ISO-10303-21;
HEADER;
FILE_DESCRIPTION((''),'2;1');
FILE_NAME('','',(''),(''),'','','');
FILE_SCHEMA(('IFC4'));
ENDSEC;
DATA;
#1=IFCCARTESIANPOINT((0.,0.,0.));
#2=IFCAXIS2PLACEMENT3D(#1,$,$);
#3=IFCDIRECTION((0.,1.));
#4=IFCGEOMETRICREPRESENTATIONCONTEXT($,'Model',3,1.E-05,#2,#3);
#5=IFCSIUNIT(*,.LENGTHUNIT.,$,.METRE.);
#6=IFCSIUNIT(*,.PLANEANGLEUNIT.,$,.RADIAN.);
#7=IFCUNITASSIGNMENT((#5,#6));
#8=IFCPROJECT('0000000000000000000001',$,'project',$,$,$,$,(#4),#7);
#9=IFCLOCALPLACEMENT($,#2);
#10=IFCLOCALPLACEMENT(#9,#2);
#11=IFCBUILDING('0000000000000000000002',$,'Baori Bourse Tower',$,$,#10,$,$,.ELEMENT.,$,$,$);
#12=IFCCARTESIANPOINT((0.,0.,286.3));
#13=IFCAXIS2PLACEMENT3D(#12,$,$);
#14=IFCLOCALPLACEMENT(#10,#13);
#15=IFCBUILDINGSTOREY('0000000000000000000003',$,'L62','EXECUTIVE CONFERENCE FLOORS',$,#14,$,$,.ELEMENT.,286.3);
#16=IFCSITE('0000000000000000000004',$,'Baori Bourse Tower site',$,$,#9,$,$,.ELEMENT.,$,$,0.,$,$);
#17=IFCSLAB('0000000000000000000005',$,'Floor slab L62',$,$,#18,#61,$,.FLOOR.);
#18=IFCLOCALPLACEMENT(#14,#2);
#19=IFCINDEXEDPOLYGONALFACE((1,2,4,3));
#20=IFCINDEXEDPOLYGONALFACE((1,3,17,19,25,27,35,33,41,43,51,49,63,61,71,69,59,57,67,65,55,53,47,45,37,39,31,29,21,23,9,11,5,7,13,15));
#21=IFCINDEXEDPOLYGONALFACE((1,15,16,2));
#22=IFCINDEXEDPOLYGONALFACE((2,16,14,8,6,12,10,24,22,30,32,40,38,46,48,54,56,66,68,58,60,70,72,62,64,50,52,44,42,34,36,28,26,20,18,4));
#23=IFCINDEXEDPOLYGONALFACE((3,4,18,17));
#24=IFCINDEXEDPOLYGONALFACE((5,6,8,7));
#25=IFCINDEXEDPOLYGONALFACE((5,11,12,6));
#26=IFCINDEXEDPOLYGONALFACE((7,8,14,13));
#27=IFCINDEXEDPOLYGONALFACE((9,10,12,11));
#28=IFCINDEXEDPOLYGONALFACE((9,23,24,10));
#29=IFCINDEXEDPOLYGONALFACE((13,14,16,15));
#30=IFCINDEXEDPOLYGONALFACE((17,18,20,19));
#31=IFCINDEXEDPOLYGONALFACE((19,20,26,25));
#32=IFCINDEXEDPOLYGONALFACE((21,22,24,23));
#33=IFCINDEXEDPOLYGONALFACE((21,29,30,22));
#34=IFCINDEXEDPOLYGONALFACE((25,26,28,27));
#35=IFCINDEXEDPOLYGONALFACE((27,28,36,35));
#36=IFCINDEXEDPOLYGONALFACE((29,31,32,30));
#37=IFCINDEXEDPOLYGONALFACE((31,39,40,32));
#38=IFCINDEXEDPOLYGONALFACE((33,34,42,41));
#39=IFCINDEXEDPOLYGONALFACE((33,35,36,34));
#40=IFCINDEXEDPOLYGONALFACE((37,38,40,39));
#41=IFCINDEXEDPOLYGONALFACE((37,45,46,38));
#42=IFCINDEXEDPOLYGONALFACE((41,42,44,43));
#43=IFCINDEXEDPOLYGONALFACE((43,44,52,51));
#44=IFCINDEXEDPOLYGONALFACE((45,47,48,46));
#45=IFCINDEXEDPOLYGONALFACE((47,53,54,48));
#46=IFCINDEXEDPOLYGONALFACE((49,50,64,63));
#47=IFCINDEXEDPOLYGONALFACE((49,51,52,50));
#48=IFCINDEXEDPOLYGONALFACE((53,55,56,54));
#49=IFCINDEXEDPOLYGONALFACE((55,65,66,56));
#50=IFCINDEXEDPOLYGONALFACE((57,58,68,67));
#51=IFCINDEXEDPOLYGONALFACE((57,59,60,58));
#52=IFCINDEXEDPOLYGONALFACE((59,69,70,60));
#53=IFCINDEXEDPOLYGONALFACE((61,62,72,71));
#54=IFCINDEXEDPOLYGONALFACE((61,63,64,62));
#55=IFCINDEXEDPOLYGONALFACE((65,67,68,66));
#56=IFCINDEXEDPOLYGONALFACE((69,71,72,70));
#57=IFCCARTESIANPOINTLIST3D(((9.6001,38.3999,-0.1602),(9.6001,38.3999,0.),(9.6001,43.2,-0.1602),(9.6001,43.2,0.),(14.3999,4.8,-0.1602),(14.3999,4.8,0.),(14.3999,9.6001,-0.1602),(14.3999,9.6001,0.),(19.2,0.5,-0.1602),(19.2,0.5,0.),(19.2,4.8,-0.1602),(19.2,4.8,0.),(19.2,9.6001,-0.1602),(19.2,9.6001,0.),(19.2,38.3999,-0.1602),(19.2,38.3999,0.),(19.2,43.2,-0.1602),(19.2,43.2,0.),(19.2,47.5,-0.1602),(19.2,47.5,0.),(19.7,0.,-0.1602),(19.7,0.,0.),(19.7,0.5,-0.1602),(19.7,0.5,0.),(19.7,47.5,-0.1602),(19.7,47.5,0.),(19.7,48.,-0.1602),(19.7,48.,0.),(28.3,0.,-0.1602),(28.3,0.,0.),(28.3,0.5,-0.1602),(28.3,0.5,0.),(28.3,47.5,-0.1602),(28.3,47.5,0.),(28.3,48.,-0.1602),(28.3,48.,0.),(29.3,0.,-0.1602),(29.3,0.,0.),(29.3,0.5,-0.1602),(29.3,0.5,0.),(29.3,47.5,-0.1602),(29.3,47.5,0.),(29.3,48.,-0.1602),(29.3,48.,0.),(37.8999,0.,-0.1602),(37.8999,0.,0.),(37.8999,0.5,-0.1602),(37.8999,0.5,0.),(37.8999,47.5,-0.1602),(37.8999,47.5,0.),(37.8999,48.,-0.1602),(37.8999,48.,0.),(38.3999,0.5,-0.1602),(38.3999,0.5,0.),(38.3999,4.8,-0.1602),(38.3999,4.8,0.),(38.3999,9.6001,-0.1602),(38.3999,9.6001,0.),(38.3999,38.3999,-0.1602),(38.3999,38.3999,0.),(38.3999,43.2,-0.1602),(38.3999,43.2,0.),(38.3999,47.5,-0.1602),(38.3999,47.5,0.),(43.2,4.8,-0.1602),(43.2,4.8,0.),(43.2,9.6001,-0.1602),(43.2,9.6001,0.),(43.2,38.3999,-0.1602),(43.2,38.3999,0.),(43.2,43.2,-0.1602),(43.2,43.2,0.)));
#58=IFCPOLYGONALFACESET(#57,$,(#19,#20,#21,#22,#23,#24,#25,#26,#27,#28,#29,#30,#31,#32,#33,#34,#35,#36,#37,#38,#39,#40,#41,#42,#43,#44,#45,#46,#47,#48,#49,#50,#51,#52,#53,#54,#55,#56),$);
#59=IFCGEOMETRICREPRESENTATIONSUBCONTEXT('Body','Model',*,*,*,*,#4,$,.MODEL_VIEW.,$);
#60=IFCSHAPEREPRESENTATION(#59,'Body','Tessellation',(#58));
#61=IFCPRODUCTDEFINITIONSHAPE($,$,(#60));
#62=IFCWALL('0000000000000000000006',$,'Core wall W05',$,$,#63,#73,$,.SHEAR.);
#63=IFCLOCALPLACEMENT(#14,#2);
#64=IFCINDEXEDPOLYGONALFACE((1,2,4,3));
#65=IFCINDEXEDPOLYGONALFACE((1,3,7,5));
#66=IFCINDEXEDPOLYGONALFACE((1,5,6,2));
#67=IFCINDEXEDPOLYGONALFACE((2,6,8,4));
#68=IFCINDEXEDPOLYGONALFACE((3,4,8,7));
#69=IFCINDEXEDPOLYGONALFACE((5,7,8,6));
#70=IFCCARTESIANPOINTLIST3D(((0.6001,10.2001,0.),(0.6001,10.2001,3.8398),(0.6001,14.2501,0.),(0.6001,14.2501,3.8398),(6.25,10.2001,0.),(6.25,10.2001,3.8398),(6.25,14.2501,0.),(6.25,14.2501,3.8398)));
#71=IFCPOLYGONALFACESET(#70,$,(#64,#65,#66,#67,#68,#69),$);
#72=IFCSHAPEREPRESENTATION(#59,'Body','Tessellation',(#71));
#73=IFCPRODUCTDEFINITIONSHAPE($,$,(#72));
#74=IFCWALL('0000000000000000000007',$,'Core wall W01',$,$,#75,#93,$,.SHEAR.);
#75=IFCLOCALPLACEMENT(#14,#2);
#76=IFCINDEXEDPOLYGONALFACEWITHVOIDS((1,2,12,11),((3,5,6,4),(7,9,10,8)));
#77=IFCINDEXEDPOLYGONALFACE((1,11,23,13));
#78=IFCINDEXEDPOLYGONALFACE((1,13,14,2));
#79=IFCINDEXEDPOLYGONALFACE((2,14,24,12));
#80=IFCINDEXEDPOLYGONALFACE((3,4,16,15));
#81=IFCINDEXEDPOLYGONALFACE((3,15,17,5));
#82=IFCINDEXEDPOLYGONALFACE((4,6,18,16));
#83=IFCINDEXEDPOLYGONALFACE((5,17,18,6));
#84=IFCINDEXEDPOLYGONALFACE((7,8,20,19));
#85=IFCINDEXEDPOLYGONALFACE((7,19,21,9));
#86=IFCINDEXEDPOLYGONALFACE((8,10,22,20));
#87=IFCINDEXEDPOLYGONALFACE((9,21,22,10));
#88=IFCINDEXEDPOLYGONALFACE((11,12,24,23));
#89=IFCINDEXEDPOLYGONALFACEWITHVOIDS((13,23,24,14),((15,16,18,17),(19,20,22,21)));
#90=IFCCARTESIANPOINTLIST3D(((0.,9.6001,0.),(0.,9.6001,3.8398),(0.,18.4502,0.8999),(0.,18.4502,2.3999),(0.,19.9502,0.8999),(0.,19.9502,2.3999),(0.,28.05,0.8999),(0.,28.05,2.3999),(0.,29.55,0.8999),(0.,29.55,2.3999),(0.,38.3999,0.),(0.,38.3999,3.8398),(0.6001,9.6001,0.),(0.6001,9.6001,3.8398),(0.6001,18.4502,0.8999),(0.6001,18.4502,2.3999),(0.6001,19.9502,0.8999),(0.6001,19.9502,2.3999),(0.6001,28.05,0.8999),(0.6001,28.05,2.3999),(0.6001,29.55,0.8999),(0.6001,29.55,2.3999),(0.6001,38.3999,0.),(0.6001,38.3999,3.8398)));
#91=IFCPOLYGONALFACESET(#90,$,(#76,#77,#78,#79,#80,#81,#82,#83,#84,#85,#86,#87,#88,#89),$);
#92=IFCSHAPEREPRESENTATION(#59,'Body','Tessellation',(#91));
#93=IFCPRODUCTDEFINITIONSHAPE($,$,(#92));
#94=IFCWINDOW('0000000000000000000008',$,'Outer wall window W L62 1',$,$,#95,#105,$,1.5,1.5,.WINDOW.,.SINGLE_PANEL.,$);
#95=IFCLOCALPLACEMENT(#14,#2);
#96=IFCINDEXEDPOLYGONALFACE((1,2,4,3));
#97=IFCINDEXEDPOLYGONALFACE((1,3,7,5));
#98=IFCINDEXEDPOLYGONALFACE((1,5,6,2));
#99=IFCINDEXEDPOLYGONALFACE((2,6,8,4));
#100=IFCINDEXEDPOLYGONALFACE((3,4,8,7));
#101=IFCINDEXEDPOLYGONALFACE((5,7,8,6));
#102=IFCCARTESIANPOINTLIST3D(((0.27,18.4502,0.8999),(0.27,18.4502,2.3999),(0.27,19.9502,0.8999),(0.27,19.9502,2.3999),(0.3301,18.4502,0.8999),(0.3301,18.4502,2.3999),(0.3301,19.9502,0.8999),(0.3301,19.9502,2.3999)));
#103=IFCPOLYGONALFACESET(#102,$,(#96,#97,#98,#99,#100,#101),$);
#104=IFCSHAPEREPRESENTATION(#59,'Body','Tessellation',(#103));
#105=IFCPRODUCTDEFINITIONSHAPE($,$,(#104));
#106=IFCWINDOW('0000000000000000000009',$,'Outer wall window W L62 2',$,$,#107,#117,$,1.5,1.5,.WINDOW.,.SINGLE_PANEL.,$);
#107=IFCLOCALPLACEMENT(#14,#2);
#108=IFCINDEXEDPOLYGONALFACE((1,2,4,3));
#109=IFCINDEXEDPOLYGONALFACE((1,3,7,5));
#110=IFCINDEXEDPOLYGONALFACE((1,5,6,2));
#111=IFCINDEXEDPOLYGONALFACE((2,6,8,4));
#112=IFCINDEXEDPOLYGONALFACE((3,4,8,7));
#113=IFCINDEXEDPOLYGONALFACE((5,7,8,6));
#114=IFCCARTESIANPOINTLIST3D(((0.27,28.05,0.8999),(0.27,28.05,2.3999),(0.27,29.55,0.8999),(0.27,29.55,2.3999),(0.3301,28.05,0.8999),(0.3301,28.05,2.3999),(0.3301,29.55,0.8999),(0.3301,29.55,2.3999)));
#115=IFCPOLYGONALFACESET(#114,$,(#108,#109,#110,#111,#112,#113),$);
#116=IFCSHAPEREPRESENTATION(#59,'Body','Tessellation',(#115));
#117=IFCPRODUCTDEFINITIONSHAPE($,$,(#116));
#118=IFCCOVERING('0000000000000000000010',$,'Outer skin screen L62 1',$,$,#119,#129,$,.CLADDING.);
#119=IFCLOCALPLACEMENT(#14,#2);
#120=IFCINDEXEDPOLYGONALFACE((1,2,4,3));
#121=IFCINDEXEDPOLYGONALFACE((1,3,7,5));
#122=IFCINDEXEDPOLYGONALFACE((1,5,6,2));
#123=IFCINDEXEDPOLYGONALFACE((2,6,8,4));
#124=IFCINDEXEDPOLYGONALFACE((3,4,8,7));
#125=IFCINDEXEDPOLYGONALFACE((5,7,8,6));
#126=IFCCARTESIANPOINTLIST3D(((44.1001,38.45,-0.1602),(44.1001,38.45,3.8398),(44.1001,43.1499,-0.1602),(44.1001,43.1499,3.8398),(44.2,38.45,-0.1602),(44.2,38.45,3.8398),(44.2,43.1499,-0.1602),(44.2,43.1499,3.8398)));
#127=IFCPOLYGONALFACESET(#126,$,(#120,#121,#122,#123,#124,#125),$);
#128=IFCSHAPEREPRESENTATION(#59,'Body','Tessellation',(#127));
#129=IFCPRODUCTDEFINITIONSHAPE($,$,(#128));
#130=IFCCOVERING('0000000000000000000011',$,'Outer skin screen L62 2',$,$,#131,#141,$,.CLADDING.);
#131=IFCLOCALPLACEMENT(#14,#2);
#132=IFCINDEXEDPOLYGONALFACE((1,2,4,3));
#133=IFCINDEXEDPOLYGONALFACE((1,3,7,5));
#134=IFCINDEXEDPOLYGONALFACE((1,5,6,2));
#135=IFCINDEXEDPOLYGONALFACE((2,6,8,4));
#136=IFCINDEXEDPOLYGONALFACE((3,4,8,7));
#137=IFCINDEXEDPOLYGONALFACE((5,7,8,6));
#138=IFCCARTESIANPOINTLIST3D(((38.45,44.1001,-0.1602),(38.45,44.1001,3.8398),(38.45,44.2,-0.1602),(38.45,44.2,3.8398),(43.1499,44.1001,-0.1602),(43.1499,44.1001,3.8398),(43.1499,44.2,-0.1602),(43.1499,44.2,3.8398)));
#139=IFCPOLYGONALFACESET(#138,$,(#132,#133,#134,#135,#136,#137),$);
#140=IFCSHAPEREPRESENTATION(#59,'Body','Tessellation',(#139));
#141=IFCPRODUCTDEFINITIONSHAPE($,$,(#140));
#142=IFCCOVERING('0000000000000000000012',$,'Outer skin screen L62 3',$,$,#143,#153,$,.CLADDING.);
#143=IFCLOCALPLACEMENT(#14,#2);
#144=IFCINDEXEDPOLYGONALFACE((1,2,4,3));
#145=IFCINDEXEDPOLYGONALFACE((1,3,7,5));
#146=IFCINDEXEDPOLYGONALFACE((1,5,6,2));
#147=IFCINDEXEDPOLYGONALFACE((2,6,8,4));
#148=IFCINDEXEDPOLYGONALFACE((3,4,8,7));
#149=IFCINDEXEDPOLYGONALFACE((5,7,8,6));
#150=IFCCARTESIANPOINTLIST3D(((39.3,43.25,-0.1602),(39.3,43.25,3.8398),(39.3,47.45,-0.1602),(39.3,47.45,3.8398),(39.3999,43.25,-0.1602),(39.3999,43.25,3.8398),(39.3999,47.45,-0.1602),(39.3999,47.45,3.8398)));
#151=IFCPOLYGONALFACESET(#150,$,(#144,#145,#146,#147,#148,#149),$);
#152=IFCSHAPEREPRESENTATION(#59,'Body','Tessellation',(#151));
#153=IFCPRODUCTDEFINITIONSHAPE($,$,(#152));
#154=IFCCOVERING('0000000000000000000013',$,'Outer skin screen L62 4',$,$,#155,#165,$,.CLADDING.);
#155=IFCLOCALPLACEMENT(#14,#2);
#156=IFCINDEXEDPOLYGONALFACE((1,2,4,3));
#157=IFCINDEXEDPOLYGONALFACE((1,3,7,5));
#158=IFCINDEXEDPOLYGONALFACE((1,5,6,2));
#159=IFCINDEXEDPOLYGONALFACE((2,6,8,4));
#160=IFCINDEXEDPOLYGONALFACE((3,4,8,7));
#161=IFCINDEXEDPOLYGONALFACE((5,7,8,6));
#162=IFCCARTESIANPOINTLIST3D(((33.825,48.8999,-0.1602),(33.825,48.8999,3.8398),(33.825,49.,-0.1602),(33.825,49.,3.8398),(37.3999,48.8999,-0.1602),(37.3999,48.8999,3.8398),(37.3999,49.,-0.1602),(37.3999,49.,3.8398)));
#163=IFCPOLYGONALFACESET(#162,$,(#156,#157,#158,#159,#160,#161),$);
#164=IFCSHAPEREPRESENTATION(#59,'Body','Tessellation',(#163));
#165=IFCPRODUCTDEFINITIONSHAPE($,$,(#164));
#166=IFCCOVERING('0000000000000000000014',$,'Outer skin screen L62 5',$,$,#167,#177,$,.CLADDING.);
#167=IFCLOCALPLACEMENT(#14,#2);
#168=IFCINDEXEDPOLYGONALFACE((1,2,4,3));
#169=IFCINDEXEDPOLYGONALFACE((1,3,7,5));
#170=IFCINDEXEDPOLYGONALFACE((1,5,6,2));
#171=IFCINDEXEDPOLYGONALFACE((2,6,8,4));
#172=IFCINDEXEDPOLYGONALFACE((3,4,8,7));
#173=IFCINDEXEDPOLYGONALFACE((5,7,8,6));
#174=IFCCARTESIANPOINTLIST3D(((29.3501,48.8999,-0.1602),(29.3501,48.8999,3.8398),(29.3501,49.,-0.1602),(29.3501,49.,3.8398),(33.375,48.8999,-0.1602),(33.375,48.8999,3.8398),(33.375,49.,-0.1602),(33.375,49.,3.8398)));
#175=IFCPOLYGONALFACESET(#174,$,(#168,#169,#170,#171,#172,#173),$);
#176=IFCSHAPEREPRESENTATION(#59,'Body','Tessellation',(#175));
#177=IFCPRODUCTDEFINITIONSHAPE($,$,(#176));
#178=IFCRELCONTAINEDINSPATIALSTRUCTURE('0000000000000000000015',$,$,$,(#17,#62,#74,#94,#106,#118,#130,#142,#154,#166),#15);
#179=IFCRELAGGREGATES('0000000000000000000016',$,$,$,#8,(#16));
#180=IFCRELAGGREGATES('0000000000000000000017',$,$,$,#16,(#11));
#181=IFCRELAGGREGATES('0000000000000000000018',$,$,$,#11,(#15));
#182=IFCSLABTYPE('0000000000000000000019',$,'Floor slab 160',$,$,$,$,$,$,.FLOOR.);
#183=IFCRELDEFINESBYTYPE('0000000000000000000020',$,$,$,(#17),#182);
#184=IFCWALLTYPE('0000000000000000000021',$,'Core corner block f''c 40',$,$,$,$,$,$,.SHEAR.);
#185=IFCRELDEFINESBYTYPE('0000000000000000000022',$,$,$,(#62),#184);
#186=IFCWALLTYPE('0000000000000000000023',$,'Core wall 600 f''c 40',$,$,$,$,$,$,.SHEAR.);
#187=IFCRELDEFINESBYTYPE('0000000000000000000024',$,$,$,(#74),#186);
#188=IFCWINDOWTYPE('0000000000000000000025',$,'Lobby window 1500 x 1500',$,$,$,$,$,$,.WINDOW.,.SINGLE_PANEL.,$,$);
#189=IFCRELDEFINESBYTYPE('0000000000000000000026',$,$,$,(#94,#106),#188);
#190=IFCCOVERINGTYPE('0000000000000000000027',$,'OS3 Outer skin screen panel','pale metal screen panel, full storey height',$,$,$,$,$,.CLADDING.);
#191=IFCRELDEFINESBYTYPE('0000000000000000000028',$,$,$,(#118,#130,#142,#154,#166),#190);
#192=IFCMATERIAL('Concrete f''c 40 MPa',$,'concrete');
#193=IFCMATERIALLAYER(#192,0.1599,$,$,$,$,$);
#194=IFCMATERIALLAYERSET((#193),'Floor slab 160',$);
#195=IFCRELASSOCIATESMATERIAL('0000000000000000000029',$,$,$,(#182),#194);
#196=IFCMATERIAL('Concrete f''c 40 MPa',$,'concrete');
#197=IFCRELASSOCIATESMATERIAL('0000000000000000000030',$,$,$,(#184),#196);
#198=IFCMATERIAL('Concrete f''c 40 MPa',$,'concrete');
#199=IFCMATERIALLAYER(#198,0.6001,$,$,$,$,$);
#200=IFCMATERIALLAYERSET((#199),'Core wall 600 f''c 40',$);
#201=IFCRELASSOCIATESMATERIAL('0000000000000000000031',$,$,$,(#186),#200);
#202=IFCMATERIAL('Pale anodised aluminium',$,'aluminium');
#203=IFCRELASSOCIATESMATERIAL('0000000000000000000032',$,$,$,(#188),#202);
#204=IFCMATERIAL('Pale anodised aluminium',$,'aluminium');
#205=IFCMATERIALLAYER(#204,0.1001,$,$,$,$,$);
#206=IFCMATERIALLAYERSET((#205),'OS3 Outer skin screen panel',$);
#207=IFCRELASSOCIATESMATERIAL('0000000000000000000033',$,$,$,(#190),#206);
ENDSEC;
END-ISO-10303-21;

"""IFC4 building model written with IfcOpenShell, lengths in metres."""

from ifc_helpers import new_model, si_unit, direction, frame, frame_2d, origin, place, context, subcontext, project, spatial, polyline, rectangle, outline, extrude, material, layer, layer_set, type_object, element, fill, save


model = new_model("IFC4")

# Units and contexts
model_context = context("Model", 3, precision=1e-05, world=origin(), true_north=direction((0.0, 1.0)))
body_context = subcontext(model_context, "Body", "Model", "MODEL_VIEW")
ifc_project = project(units=[si_unit("LENGTHUNIT", "METRE"), si_unit("PLANEANGLEUNIT", "RADIAN")], contexts=[model_context])

# Site, building, storey
site_placement = place(None, origin())
site = spatial("IfcSite", under=ifc_project, at=site_placement, Name="Baori Bourse Tower site", CompositionType="ELEMENT", RefElevation=0.0)
building_placement = place(site_placement, origin())
building = spatial("IfcBuilding", under=site, at=building_placement, Name="Baori Bourse Tower", CompositionType="ELEMENT")
storey_placement = place(building_placement, frame((0.0, 0.0, 286.3)))
storey = spatial("IfcBuildingStorey", under=building, at=storey_placement, Name="L62", Description="EXECUTIVE CONFERENCE FLOORS", CompositionType="ELEMENT", Elevation=286.3)

# Slab
ifc_material_1 = material(Name="Concrete f'c 40 MPa", Category="concrete")
ifc_layer_1 = layer(ifc_material_1, 0.1599)
ifc_layer_set_1 = layer_set([ifc_layer_1], Name="Floor slab 160")
slab_type_1 = type_object("IfcSlabType", Name="Floor slab 160", PredefinedType="FLOOR", material=ifc_layer_set_1)
slab_1_placement = place(storey_placement, frame((0.0, 0.0, -0.1602)))
element("IfcSlab", 1, at=slab_1_placement, inside=storey, type_object=slab_type_1, Name="Floor slab L62", PredefinedType="FLOOR", context=body_context, shape_type="SweptSolid", body=[
    extrude(outline(polyline([(19.2, 4.8), (14.3999, 4.8), (14.3999, 9.6001), (19.2, 9.6001), (19.2, 38.3999), (9.6001, 38.3999), (9.6001, 43.2), (19.2, 43.2), (19.2, 47.5), (19.7, 47.5), (19.7, 48.0), (28.3, 48.0), (28.3, 47.5), (29.3, 47.5), (29.3, 48.0), (37.8999, 48.0), (37.8999, 47.5), (38.3999, 47.5), (38.3999, 43.2), (43.2, 43.2), (43.2, 38.3999), (38.3999, 38.3999), (38.3999, 9.6001), (43.2, 9.6001), (43.2, 4.8), (38.3999, 4.8), (38.3999, 0.5), (37.8999, 0.5), (37.8999, 0.0), (29.3, 0.0), (29.3, 0.5), (28.3, 0.5), (28.3, 0.0), (19.7, 0.0), (19.7, 0.5), (19.2, 0.5), (19.2, 4.8)])), origin(), (0.0, 0.0, 1.0), 0.1602),
])

# Wall
ifc_material_2 = material(Name="Concrete f'c 40 MPa", Category="concrete")
wall_type_1 = type_object("IfcWallType", Name="Core corner block f'c 40", PredefinedType="SHEAR", material=ifc_material_2)
wall_1_placement = place(storey_placement, frame((0.6001, 12.2251, 0.0), z_axis=(0.0, 0.0, 1.0), x_axis=(1.0, 0.0, 0.0)))
element("IfcWall", 2, at=wall_1_placement, inside=storey, type_object=wall_type_1, Name="Core wall W05", PredefinedType="SHEAR", context=body_context, shape_type="SweptSolid", body=[
    extrude(rectangle(XDim=5.6499, YDim=4.05, at=frame_2d((2.825, 0.0))), origin(), (0.0, 0.0, 1.0), 3.8398),
])

# Wall, openings, windows
ifc_material_3 = material(Name="Concrete f'c 40 MPa", Category="concrete")
ifc_layer_2 = layer(ifc_material_3, 0.6001)
ifc_layer_set_2 = layer_set([ifc_layer_2], Name="Core wall 600 f'c 40")
wall_type_2 = type_object("IfcWallType", Name="Core wall 600 f'c 40", PredefinedType="SHEAR", material=ifc_layer_set_2)
wall_2_placement = place(storey_placement, frame((0.3, 9.6001, 0.0), z_axis=(0.0, 0.0, 1.0), x_axis=(0.0, 1.0, 0.0)))
wall_2 = element("IfcWall", 3, at=wall_2_placement, inside=storey, type_object=wall_type_2, Name="Core wall W01", PredefinedType="SHEAR", context=body_context, shape_type="SweptSolid", body=[
    extrude(rectangle(XDim=28.7998, YDim=0.6001, at=frame_2d((14.3999, 0.0))), origin(), (0.0, 0.0, 1.0), 3.8398),
])
opening_1_placement = place(wall_2_placement, frame((8.8501, 0.0, 0.8999)))
opening_1 = element("IfcOpeningElement", 4, at=opening_1_placement, cuts=wall_2, PredefinedType="OPENING", context=body_context, shape_type="SweptSolid", body=[
    extrude(rectangle(XDim=1.5, YDim=1.5, at=frame_2d((0.75, 0.75))), frame((0.0, 0.3101, 0.0), z_axis=(0.0, -1.0, 0.0), x_axis=(1.0, 0.0, 0.0)), (0.0, 0.0, 1.0), 0.6201),
])
opening_2_placement = place(wall_2_placement, frame((18.45, 0.0, 0.8999)))
opening_2 = element("IfcOpeningElement", 5, at=opening_2_placement, cuts=wall_2, PredefinedType="OPENING", context=body_context, shape_type="SweptSolid", body=[
    extrude(rectangle(XDim=1.5, YDim=1.5, at=frame_2d((0.75, 0.75))), frame((0.0, 0.3101, 0.0), z_axis=(0.0, -1.0, 0.0), x_axis=(1.0, 0.0, 0.0)), (0.0, 0.0, 1.0), 0.6201),
])
ifc_material_4 = material(Name="Pale anodised aluminium", Category="aluminium")
window_type = type_object("IfcWindowType", Name="Lobby window 1500 x 1500", PartitioningType="SINGLE_PANEL", PredefinedType="WINDOW", material=ifc_material_4)
window_1_placement = place(opening_1_placement, origin())
window_1 = element("IfcWindow", 6, at=window_1_placement, inside=storey, type_object=window_type, Name="Outer wall window W L62 1", OverallHeight=1.5, OverallWidth=1.5, PartitioningType="SINGLE_PANEL", PredefinedType="WINDOW", context=body_context, shape_type="SweptSolid", body=[
    extrude(rectangle(XDim=1.5, YDim=1.5, at=frame_2d((0.75, 0.75))), frame((0.0, 0.03, 0.0), z_axis=(0.0, -1.0, 0.0), x_axis=(1.0, 0.0, 0.0)), (0.0, 0.0, 1.0), 0.0601),
])
fill(opening_1, window_1)
window_2_placement = place(opening_2_placement, origin())
window_2 = element("IfcWindow", 7, at=window_2_placement, inside=storey, type_object=window_type, Name="Outer wall window W L62 2", OverallHeight=1.5, OverallWidth=1.5, PartitioningType="SINGLE_PANEL", PredefinedType="WINDOW", context=body_context, shape_type="SweptSolid", body=[
    extrude(rectangle(XDim=1.5, YDim=1.5, at=frame_2d((0.75, 0.75))), frame((0.0, 0.03, 0.0), z_axis=(0.0, -1.0, 0.0), x_axis=(1.0, 0.0, 0.0)), (0.0, 0.0, 1.0), 0.0601),
])
fill(opening_2, window_2)

# Coverings
ifc_material_5 = material(Name="Pale anodised aluminium", Category="aluminium")
ifc_layer_3 = layer(ifc_material_5, 0.1001)
ifc_layer_set_3 = layer_set([ifc_layer_3], Name="OS3 Outer skin screen panel")
covering_type = type_object("IfcCoveringType", Name="OS3 Outer skin screen panel", Description="pale metal screen panel, full storey height", PredefinedType="CLADDING", material=ifc_layer_set_3)
covering_1_placement = place(storey_placement, frame((0.0, 0.0, -0.1602)))
element("IfcCovering", 8, at=covering_1_placement, inside=storey, type_object=covering_type, Name="Outer skin screen L62 1", PredefinedType="CLADDING", context=body_context, shape_type="SweptSolid", body=[
    extrude(outline(polyline([(44.1001, 43.1499), (44.1001, 38.45), (44.2, 38.45), (44.2, 43.1499), (44.1001, 43.1499)])), origin(), (0.0, 0.0, 1.0), 4.0),
])
covering_2_placement = place(storey_placement, frame((0.0, 0.0, -0.1602)))
element("IfcCovering", 9, at=covering_2_placement, inside=storey, type_object=covering_type, Name="Outer skin screen L62 2", PredefinedType="CLADDING", context=body_context, shape_type="SweptSolid", body=[
    extrude(outline(polyline([(38.45, 44.1001), (43.1499, 44.1001), (43.1499, 44.2), (38.45, 44.2), (38.45, 44.1001)])), origin(), (0.0, 0.0, 1.0), 4.0),
])
covering_3_placement = place(storey_placement, frame((0.0, 0.0, -0.1602)))
element("IfcCovering", 10, at=covering_3_placement, inside=storey, type_object=covering_type, Name="Outer skin screen L62 3", PredefinedType="CLADDING", context=body_context, shape_type="SweptSolid", body=[
    extrude(outline(polyline([(39.3, 47.45), (39.3, 43.25), (39.3999, 43.25), (39.3999, 47.45), (39.3, 47.45)])), origin(), (0.0, 0.0, 1.0), 4.0),
])
covering_4_placement = place(storey_placement, frame((0.0, 0.0, -0.1602)))
element("IfcCovering", 11, at=covering_4_placement, inside=storey, type_object=covering_type, Name="Outer skin screen L62 4", PredefinedType="CLADDING", context=body_context, shape_type="SweptSolid", body=[
    extrude(outline(polyline([(33.825, 48.8999), (37.3999, 48.8999), (37.3999, 49.0), (33.825, 49.0), (33.825, 48.8999)])), origin(), (0.0, 0.0, 1.0), 4.0),
])
covering_5_placement = place(storey_placement, frame((0.0, 0.0, -0.1602)))
element("IfcCovering", 12, at=covering_5_placement, inside=storey, type_object=covering_type, Name="Outer skin screen L62 5", PredefinedType="CLADDING", context=body_context, shape_type="SweptSolid", body=[
    extrude(outline(polyline([(29.3501, 48.8999), (33.375, 48.8999), (33.375, 49.0), (29.3501, 49.0), (29.3501, 48.8999)])), origin(), (0.0, 0.0, 1.0), 4.0),
])

save(model, "model.ifc")
